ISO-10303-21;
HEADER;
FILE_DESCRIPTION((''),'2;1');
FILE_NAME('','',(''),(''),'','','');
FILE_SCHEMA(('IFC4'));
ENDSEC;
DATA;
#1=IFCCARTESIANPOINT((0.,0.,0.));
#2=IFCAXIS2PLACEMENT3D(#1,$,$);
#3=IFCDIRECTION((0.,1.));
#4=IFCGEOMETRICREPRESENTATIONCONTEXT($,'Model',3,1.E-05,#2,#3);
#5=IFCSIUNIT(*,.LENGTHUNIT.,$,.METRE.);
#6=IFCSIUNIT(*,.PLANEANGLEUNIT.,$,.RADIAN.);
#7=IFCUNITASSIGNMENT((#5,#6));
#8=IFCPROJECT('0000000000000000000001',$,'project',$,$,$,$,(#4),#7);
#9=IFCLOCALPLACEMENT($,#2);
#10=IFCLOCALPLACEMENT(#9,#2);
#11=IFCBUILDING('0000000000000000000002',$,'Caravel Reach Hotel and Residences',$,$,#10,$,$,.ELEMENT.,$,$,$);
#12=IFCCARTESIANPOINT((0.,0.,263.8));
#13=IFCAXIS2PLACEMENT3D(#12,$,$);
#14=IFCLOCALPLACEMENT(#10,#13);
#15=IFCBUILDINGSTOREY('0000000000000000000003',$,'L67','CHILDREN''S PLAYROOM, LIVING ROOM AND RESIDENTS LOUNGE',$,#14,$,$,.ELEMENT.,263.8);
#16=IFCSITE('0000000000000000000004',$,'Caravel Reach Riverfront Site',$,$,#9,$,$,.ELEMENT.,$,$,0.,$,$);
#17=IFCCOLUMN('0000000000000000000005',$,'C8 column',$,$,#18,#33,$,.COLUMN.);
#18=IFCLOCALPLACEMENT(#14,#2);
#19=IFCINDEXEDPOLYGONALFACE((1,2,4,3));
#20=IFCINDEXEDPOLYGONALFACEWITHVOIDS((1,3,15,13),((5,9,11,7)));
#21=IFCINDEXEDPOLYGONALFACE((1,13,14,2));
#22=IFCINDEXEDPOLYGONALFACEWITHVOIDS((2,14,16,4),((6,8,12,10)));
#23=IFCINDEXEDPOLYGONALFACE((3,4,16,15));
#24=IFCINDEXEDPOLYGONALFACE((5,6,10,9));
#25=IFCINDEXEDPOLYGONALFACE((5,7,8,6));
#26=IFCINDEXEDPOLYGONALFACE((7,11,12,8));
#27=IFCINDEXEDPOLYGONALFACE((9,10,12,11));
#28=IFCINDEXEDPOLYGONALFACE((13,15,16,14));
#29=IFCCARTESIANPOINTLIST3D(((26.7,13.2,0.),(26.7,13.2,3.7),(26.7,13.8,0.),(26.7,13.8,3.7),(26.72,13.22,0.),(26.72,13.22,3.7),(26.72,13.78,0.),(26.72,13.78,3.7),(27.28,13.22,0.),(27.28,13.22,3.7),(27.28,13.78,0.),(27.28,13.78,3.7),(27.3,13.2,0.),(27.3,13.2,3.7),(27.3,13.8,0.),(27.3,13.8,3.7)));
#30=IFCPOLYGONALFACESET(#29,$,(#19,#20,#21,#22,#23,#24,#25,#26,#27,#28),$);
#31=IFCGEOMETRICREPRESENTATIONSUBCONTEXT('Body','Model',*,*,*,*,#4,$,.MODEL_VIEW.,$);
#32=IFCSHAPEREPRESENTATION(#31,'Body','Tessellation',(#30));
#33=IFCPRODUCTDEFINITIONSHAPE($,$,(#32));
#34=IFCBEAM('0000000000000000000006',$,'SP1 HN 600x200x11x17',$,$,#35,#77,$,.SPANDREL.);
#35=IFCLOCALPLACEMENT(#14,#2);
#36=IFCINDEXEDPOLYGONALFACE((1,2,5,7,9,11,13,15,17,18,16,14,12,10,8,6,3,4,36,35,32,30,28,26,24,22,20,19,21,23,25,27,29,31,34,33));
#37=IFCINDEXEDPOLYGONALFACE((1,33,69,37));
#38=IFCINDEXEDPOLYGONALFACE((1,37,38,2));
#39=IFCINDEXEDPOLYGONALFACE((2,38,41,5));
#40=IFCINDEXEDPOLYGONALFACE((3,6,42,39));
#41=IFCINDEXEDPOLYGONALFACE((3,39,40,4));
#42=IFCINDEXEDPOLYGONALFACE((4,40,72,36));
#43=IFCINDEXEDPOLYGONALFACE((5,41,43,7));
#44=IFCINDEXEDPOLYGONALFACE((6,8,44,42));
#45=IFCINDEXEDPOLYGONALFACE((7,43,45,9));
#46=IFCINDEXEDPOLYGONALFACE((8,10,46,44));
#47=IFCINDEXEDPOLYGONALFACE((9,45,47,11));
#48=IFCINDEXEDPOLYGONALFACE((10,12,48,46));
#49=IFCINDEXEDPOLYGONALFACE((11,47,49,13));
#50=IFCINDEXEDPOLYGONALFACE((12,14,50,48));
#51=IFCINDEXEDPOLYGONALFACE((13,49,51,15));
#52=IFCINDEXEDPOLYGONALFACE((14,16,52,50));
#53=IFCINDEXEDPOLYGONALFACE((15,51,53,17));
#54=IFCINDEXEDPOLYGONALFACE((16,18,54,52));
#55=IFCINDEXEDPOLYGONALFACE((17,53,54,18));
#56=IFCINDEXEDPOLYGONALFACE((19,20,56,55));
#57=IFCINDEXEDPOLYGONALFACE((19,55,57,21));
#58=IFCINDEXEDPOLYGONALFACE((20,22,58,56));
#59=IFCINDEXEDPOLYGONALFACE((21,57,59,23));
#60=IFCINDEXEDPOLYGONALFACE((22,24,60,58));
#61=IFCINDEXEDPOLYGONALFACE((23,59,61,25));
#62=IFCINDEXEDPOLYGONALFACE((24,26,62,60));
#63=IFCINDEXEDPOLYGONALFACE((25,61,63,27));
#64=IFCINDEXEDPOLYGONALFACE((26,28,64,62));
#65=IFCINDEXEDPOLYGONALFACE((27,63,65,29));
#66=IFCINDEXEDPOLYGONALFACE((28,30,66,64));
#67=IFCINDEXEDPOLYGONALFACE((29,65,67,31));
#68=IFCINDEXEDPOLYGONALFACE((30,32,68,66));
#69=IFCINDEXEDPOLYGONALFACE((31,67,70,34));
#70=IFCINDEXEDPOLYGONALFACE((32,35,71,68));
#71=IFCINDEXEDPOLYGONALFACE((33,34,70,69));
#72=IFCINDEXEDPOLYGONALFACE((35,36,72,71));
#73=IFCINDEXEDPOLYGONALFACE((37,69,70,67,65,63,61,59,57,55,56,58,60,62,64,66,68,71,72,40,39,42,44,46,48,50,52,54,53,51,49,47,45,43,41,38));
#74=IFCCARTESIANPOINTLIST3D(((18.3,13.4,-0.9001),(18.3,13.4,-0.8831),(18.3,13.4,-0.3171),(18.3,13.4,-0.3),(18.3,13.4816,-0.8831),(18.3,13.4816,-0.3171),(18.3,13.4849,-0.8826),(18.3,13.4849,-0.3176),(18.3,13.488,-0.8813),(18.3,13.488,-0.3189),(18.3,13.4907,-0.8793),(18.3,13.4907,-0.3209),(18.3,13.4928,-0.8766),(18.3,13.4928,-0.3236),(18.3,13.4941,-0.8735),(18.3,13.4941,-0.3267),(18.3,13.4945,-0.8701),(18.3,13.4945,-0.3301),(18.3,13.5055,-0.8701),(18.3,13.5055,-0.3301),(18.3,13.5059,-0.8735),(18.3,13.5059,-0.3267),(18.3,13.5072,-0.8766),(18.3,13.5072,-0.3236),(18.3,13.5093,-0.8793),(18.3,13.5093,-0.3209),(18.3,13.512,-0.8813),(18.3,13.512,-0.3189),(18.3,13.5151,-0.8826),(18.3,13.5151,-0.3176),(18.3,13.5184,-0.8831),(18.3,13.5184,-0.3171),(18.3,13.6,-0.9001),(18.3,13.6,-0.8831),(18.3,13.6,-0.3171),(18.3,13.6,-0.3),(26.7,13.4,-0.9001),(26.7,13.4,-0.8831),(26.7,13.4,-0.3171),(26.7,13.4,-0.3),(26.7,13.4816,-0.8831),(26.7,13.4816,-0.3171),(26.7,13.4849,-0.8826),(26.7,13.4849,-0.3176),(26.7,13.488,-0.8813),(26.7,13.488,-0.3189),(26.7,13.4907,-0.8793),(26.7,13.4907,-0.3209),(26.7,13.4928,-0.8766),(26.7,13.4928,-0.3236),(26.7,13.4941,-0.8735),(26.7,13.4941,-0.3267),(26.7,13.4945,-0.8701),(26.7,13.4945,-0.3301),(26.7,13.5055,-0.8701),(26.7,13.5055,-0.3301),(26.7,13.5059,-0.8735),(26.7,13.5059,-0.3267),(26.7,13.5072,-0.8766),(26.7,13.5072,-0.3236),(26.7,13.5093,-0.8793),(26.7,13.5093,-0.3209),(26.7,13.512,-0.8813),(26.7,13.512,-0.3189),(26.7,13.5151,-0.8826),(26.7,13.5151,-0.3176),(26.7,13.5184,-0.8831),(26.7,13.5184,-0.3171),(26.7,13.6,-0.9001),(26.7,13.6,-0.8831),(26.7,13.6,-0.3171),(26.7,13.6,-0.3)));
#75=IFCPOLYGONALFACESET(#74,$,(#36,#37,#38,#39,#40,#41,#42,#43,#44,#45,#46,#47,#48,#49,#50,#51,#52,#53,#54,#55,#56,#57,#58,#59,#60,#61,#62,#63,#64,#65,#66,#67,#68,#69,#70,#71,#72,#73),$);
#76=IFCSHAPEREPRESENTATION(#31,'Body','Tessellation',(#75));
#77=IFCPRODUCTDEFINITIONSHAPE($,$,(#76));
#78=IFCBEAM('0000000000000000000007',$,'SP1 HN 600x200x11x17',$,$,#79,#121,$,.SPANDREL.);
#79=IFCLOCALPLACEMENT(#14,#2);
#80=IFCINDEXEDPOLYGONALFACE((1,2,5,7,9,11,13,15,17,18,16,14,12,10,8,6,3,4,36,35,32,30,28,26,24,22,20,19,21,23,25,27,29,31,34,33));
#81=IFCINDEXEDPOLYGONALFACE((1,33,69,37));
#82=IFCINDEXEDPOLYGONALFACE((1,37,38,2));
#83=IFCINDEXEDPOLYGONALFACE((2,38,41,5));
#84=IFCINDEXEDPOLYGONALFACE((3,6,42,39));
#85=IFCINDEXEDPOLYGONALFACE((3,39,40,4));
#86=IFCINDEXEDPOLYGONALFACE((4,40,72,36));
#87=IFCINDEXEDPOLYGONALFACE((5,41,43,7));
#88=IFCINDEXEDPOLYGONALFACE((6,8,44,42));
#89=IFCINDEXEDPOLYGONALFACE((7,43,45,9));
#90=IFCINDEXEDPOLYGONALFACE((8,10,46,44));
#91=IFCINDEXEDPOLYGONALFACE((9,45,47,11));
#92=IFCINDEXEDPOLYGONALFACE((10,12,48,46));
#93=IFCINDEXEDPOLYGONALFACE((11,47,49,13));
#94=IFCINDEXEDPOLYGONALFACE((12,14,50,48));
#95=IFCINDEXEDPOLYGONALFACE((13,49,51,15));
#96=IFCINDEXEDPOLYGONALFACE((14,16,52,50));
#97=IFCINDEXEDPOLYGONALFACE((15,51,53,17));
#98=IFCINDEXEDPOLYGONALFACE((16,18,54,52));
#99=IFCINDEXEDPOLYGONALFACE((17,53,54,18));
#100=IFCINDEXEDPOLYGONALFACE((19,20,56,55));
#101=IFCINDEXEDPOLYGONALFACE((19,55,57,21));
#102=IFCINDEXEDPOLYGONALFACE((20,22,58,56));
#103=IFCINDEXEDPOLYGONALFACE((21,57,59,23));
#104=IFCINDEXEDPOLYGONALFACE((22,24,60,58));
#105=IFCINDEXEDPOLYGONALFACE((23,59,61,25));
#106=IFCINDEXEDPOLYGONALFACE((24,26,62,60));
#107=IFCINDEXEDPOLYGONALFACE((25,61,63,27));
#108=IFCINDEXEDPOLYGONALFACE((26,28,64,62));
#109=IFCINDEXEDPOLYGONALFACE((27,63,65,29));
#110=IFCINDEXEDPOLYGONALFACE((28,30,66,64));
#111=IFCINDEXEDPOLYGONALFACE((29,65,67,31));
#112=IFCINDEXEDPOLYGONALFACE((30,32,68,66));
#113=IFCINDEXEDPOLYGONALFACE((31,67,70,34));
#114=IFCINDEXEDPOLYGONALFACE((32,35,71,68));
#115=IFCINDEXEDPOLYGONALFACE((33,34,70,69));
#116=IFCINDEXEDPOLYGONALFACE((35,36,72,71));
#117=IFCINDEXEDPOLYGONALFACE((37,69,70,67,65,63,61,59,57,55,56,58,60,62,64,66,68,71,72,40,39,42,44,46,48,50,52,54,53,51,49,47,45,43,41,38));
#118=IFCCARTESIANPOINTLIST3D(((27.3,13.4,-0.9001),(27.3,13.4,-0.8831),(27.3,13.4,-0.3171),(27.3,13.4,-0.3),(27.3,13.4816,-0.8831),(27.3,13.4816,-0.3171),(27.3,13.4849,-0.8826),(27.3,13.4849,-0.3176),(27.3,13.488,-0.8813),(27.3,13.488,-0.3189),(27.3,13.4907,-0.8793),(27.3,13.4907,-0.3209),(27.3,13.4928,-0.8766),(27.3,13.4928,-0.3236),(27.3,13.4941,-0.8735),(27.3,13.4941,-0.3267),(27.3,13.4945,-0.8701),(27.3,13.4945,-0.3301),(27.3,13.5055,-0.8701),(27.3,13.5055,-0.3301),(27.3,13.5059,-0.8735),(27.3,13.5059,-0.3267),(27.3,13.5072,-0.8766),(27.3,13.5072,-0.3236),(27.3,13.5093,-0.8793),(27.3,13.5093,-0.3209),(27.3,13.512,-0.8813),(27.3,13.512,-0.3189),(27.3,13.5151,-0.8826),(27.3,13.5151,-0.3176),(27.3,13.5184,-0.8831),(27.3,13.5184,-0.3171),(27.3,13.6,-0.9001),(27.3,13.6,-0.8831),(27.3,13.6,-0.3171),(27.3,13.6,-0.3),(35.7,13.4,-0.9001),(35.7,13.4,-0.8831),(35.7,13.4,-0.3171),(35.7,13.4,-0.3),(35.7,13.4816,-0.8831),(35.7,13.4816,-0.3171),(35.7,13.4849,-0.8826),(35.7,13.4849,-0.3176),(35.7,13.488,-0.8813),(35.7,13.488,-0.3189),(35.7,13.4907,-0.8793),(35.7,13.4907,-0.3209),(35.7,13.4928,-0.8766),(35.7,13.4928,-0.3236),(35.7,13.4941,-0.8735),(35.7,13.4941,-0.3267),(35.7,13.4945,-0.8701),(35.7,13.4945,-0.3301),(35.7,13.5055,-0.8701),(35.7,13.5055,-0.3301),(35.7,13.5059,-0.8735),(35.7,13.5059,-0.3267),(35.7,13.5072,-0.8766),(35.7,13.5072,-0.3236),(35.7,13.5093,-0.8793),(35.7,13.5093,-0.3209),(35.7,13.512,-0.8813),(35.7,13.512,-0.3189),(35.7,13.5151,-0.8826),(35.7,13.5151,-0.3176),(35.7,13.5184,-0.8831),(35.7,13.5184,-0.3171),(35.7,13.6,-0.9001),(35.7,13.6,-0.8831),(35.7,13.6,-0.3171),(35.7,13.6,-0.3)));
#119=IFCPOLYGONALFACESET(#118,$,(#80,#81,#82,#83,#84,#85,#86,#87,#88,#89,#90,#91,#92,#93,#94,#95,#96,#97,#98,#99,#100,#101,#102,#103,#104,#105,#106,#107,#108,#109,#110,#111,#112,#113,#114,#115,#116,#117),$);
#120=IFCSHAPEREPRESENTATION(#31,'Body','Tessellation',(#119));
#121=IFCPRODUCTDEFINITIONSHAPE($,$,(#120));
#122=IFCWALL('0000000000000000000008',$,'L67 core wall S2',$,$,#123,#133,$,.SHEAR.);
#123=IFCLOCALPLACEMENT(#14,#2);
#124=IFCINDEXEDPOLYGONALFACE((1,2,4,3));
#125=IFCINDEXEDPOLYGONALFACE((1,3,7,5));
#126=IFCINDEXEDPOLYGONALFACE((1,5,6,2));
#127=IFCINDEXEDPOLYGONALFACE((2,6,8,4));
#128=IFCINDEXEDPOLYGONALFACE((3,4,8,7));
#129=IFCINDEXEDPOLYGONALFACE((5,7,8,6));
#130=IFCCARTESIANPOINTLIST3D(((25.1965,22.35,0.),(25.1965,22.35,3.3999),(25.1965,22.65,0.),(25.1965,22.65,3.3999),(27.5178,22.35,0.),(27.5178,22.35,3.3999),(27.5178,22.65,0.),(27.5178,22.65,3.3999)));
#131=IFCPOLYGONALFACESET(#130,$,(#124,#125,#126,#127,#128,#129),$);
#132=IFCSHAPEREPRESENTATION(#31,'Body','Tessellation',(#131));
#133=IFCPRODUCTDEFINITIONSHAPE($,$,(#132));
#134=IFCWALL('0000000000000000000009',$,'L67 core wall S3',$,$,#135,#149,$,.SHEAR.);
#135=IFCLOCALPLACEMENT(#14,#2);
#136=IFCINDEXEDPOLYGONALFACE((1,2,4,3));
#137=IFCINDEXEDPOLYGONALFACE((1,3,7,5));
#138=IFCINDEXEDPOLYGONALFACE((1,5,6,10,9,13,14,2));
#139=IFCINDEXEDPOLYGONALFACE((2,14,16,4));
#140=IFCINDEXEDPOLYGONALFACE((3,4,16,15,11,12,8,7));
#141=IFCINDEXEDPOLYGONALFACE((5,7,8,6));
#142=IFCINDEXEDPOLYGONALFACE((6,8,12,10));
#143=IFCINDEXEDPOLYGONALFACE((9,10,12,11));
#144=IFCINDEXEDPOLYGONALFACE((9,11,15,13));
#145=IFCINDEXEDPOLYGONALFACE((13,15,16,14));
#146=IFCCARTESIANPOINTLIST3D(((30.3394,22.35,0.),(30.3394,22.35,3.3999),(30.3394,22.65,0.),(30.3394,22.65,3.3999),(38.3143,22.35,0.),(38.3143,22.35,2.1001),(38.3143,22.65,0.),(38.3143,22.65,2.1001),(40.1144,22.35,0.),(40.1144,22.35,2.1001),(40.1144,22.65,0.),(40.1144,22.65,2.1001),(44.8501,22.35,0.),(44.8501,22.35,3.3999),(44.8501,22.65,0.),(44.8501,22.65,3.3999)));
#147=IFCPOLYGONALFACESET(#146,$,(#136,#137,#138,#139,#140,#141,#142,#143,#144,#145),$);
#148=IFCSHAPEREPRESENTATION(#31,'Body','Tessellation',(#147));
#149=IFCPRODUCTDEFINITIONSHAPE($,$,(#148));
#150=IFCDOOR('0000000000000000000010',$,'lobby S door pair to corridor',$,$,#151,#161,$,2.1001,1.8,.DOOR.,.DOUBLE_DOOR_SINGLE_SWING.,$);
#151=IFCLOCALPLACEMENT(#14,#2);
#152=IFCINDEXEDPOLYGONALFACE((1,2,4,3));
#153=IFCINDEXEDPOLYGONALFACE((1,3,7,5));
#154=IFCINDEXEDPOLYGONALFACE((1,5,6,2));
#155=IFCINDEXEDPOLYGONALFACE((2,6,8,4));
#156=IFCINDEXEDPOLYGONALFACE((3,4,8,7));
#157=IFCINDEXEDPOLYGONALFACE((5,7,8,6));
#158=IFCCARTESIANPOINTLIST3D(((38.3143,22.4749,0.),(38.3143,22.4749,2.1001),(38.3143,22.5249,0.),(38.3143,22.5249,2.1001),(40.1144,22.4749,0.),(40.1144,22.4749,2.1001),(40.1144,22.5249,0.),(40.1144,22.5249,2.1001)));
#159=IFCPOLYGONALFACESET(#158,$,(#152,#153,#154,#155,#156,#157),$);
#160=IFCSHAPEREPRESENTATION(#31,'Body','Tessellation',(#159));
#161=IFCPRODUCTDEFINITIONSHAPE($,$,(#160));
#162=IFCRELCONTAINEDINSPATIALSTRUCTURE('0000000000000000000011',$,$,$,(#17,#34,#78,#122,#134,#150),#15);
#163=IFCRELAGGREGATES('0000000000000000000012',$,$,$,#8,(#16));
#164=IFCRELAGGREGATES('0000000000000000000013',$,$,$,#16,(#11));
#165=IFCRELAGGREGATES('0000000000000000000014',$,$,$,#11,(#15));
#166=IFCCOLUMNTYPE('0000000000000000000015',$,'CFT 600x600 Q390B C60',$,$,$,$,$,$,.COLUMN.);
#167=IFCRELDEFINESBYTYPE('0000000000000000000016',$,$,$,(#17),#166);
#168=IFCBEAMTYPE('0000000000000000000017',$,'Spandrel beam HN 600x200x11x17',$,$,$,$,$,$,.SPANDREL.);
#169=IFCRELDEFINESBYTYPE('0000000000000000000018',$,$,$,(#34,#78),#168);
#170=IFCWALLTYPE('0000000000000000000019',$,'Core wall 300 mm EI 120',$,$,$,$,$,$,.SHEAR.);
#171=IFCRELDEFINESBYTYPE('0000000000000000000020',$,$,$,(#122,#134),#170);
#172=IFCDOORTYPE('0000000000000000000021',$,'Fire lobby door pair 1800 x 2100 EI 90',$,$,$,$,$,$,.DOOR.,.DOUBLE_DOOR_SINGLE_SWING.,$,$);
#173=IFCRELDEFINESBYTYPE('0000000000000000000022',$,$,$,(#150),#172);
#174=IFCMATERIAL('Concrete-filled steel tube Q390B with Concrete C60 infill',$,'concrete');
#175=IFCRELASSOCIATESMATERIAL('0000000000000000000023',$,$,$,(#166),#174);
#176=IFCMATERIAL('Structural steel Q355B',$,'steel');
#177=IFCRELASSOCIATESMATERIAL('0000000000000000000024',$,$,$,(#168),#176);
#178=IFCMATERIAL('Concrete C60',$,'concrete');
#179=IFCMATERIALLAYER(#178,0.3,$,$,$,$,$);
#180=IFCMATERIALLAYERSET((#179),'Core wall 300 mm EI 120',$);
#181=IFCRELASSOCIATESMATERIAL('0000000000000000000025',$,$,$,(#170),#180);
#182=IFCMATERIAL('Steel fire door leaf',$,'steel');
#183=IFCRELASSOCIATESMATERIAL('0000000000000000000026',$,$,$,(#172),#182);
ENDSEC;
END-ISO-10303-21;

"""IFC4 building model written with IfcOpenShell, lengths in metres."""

from ifc_helpers import new_model, si_unit, direction, frame, frame_2d, origin, origin_2d, place, context, subcontext, project, spatial, rectangle, hollow_rectangle, i_section, extrude, material, layer, layer_set, material_profile, profile_set, type_object, element, fill, save


model = new_model("IFC4")

# Units and contexts
model_context = context("Model", 3, precision=1e-05, world=origin(), true_north=direction((0.0, 1.0)))
body_context = subcontext(model_context, "Body", "Model", "MODEL_VIEW")
ifc_project = project(units=[si_unit("LENGTHUNIT", "METRE"), si_unit("PLANEANGLEUNIT", "RADIAN")], contexts=[model_context])

# Site, building, storey
site_placement = place(None, origin())
site = spatial("IfcSite", under=ifc_project, at=site_placement, Name="Caravel Reach Riverfront Site", CompositionType="ELEMENT", RefElevation=0.0)
building_placement = place(site_placement, origin())
building = spatial("IfcBuilding", under=site, at=building_placement, Name="Caravel Reach Hotel and Residences", CompositionType="ELEMENT")
storey_placement = place(building_placement, frame((0.0, 0.0, 263.8)))
storey = spatial("IfcBuildingStorey", under=building, at=storey_placement, Name="L67", Description="CHILDREN'S PLAYROOM, LIVING ROOM AND RESIDENTS LOUNGE", CompositionType="ELEMENT", Elevation=263.8)

# Column
ifc_material_1 = material(Name="Concrete-filled steel tube Q390B with Concrete C60 infill", Category="concrete")
ifc_material_profile_1 = material_profile(ifc_material_1, hollow_rectangle(XDim=0.6001, YDim=0.6001, WallThickness=0.02, at=origin_2d()), Name="RHS 600x600x20")
ifc_profile_set_1 = profile_set([ifc_material_profile_1], Name="Concrete-filled steel tube Q390B with Concrete C60 infill")
column_type = type_object("IfcColumnType", Name="CFT 600x600 Q390B C60", PredefinedType="COLUMN", material=ifc_profile_set_1)
column_placement = place(storey_placement, frame((27.0, 13.5, 0.0), z_axis=(0.0, 0.0, 1.0), x_axis=(1.0, 0.0, 0.0)))
element("IfcColumn", 1, at=column_placement, inside=storey, type_object=column_type, Name="C8 column", PredefinedType="COLUMN", context=body_context, shape_type="SweptSolid", body=[
    extrude(hollow_rectangle(XDim=0.6001, YDim=0.6001, WallThickness=0.02, at=origin_2d()), origin(), (0.0, 0.0, 1.0), 3.7),
])

# Beams
ifc_material_2 = material(Name="Structural steel Q355B", Category="steel")
ifc_material_profile_2 = material_profile(ifc_material_2, i_section(OverallWidth=0.2, OverallDepth=0.6001, WebThickness=0.011, FlangeThickness=0.0171, FilletRadius=0.0129, at=origin_2d()), Name="HN 600x200x11x17")
ifc_profile_set_2 = profile_set([ifc_material_profile_2], Name="Structural steel Q355B")
beam_type = type_object("IfcBeamType", Name="Spandrel beam HN 600x200x11x17", PredefinedType="SPANDREL", material=ifc_profile_set_2)
for number, where, z_axis, x_axis, name in (
    (2, (18.3, 13.5, -0.6001), (1.0, 0.0, 0.0), (0.0, 1.0, 0.0), "SP1 HN 600x200x11x17"),
    (3, (27.3, 13.5, -0.6001), (1.0, 0.0, 0.0), (0.0, 1.0, 0.0), "SP1 HN 600x200x11x17"),
):
    element("IfcBeam", number, at=place(storey_placement, frame(where, z_axis=z_axis, x_axis=x_axis)), inside=storey, type_object=beam_type, Name=name, PredefinedType="SPANDREL", context=body_context, shape_type="SweptSolid", body=[
        extrude(i_section(OverallWidth=0.2, OverallDepth=0.6001, WebThickness=0.011, FlangeThickness=0.0171, FilletRadius=0.0129, at=origin_2d()), origin(), (0.0, 0.0, 1.0), 8.3999),
    ])

# Wall
ifc_material_3 = material(Name="Concrete C60", Category="concrete")
ifc_layer_1 = layer(ifc_material_3, 0.3)
ifc_layer_set_1 = layer_set([ifc_layer_1], Name="Core wall 300 mm EI 120")
wall_type_1 = type_object("IfcWallType", Name="Core wall 300 mm EI 120", PredefinedType="SHEAR", material=ifc_layer_set_1)
wall_1_placement = place(storey_placement, frame((25.1965, 22.5, 0.0), z_axis=(0.0, 0.0, 1.0), x_axis=(1.0, 0.0, 0.0)))
element("IfcWall", 4, at=wall_1_placement, inside=storey, type_object=wall_type_1, Name="L67 core wall S2", PredefinedType="SHEAR", context=body_context, shape_type="SweptSolid", body=[
    extrude(rectangle(XDim=2.3213, YDim=0.3, at=frame_2d((1.1606, 0.0))), origin(), (0.0, 0.0, 1.0), 3.3999),
])

# Wall, opening, door
wall_2_placement = place(storey_placement, frame((30.3394, 22.5, 0.0), z_axis=(0.0, 0.0, 1.0), x_axis=(1.0, 0.0, 0.0)))
wall_2 = element("IfcWall", 5, at=wall_2_placement, inside=storey, type_object=wall_type_1, Name="L67 core wall S3", PredefinedType="SHEAR", context=body_context, shape_type="SweptSolid", body=[
    extrude(rectangle(XDim=14.5107, YDim=0.3, at=frame_2d((7.2554, 0.0))), origin(), (0.0, 0.0, 1.0), 3.3999),
])
opening_1_placement = place(wall_2_placement, frame((7.9751, 0.0, 0.0)))
opening_1 = element("IfcOpeningElement", 6, at=opening_1_placement, cuts=wall_2, PredefinedType="OPENING", context=body_context, shape_type="SweptSolid", body=[
    extrude(rectangle(XDim=1.8, YDim=2.1001, at=frame_2d((0.8999, 1.05))), frame((0.0, 0.1599, 0.0), z_axis=(0.0, -1.0, 0.0), x_axis=(1.0, 0.0, 0.0)), (0.0, 0.0, 1.0), 0.3201),
])
ifc_material_4 = material(Name="Steel fire door leaf", Category="steel")
door_type_1 = type_object("IfcDoorType", Name="Fire lobby door pair 1800 x 2100 EI 90", OperationType="DOUBLE_DOOR_SINGLE_SWING", PredefinedType="DOOR", material=ifc_material_4)
door_1_placement = place(opening_1_placement, origin())
door_1 = element("IfcDoor", 7, at=door_1_placement, inside=storey, type_object=door_type_1, Name="lobby S door pair to corridor", OperationType="DOUBLE_DOOR_SINGLE_SWING", OverallHeight=2.1001, OverallWidth=1.8, PredefinedType="DOOR", context=body_context, shape_type="SweptSolid", body=[
    extrude(rectangle(XDim=1.8, YDim=2.1001, at=frame_2d((0.8999, 1.05))), frame((0.0, 0.0249, 0.0), z_axis=(0.0, -1.0, 0.0), x_axis=(1.0, 0.0, 0.0)), (0.0, 0.0, 1.0), 0.05),
])
fill(opening_1, door_1)

save(model, "model.ifc")
